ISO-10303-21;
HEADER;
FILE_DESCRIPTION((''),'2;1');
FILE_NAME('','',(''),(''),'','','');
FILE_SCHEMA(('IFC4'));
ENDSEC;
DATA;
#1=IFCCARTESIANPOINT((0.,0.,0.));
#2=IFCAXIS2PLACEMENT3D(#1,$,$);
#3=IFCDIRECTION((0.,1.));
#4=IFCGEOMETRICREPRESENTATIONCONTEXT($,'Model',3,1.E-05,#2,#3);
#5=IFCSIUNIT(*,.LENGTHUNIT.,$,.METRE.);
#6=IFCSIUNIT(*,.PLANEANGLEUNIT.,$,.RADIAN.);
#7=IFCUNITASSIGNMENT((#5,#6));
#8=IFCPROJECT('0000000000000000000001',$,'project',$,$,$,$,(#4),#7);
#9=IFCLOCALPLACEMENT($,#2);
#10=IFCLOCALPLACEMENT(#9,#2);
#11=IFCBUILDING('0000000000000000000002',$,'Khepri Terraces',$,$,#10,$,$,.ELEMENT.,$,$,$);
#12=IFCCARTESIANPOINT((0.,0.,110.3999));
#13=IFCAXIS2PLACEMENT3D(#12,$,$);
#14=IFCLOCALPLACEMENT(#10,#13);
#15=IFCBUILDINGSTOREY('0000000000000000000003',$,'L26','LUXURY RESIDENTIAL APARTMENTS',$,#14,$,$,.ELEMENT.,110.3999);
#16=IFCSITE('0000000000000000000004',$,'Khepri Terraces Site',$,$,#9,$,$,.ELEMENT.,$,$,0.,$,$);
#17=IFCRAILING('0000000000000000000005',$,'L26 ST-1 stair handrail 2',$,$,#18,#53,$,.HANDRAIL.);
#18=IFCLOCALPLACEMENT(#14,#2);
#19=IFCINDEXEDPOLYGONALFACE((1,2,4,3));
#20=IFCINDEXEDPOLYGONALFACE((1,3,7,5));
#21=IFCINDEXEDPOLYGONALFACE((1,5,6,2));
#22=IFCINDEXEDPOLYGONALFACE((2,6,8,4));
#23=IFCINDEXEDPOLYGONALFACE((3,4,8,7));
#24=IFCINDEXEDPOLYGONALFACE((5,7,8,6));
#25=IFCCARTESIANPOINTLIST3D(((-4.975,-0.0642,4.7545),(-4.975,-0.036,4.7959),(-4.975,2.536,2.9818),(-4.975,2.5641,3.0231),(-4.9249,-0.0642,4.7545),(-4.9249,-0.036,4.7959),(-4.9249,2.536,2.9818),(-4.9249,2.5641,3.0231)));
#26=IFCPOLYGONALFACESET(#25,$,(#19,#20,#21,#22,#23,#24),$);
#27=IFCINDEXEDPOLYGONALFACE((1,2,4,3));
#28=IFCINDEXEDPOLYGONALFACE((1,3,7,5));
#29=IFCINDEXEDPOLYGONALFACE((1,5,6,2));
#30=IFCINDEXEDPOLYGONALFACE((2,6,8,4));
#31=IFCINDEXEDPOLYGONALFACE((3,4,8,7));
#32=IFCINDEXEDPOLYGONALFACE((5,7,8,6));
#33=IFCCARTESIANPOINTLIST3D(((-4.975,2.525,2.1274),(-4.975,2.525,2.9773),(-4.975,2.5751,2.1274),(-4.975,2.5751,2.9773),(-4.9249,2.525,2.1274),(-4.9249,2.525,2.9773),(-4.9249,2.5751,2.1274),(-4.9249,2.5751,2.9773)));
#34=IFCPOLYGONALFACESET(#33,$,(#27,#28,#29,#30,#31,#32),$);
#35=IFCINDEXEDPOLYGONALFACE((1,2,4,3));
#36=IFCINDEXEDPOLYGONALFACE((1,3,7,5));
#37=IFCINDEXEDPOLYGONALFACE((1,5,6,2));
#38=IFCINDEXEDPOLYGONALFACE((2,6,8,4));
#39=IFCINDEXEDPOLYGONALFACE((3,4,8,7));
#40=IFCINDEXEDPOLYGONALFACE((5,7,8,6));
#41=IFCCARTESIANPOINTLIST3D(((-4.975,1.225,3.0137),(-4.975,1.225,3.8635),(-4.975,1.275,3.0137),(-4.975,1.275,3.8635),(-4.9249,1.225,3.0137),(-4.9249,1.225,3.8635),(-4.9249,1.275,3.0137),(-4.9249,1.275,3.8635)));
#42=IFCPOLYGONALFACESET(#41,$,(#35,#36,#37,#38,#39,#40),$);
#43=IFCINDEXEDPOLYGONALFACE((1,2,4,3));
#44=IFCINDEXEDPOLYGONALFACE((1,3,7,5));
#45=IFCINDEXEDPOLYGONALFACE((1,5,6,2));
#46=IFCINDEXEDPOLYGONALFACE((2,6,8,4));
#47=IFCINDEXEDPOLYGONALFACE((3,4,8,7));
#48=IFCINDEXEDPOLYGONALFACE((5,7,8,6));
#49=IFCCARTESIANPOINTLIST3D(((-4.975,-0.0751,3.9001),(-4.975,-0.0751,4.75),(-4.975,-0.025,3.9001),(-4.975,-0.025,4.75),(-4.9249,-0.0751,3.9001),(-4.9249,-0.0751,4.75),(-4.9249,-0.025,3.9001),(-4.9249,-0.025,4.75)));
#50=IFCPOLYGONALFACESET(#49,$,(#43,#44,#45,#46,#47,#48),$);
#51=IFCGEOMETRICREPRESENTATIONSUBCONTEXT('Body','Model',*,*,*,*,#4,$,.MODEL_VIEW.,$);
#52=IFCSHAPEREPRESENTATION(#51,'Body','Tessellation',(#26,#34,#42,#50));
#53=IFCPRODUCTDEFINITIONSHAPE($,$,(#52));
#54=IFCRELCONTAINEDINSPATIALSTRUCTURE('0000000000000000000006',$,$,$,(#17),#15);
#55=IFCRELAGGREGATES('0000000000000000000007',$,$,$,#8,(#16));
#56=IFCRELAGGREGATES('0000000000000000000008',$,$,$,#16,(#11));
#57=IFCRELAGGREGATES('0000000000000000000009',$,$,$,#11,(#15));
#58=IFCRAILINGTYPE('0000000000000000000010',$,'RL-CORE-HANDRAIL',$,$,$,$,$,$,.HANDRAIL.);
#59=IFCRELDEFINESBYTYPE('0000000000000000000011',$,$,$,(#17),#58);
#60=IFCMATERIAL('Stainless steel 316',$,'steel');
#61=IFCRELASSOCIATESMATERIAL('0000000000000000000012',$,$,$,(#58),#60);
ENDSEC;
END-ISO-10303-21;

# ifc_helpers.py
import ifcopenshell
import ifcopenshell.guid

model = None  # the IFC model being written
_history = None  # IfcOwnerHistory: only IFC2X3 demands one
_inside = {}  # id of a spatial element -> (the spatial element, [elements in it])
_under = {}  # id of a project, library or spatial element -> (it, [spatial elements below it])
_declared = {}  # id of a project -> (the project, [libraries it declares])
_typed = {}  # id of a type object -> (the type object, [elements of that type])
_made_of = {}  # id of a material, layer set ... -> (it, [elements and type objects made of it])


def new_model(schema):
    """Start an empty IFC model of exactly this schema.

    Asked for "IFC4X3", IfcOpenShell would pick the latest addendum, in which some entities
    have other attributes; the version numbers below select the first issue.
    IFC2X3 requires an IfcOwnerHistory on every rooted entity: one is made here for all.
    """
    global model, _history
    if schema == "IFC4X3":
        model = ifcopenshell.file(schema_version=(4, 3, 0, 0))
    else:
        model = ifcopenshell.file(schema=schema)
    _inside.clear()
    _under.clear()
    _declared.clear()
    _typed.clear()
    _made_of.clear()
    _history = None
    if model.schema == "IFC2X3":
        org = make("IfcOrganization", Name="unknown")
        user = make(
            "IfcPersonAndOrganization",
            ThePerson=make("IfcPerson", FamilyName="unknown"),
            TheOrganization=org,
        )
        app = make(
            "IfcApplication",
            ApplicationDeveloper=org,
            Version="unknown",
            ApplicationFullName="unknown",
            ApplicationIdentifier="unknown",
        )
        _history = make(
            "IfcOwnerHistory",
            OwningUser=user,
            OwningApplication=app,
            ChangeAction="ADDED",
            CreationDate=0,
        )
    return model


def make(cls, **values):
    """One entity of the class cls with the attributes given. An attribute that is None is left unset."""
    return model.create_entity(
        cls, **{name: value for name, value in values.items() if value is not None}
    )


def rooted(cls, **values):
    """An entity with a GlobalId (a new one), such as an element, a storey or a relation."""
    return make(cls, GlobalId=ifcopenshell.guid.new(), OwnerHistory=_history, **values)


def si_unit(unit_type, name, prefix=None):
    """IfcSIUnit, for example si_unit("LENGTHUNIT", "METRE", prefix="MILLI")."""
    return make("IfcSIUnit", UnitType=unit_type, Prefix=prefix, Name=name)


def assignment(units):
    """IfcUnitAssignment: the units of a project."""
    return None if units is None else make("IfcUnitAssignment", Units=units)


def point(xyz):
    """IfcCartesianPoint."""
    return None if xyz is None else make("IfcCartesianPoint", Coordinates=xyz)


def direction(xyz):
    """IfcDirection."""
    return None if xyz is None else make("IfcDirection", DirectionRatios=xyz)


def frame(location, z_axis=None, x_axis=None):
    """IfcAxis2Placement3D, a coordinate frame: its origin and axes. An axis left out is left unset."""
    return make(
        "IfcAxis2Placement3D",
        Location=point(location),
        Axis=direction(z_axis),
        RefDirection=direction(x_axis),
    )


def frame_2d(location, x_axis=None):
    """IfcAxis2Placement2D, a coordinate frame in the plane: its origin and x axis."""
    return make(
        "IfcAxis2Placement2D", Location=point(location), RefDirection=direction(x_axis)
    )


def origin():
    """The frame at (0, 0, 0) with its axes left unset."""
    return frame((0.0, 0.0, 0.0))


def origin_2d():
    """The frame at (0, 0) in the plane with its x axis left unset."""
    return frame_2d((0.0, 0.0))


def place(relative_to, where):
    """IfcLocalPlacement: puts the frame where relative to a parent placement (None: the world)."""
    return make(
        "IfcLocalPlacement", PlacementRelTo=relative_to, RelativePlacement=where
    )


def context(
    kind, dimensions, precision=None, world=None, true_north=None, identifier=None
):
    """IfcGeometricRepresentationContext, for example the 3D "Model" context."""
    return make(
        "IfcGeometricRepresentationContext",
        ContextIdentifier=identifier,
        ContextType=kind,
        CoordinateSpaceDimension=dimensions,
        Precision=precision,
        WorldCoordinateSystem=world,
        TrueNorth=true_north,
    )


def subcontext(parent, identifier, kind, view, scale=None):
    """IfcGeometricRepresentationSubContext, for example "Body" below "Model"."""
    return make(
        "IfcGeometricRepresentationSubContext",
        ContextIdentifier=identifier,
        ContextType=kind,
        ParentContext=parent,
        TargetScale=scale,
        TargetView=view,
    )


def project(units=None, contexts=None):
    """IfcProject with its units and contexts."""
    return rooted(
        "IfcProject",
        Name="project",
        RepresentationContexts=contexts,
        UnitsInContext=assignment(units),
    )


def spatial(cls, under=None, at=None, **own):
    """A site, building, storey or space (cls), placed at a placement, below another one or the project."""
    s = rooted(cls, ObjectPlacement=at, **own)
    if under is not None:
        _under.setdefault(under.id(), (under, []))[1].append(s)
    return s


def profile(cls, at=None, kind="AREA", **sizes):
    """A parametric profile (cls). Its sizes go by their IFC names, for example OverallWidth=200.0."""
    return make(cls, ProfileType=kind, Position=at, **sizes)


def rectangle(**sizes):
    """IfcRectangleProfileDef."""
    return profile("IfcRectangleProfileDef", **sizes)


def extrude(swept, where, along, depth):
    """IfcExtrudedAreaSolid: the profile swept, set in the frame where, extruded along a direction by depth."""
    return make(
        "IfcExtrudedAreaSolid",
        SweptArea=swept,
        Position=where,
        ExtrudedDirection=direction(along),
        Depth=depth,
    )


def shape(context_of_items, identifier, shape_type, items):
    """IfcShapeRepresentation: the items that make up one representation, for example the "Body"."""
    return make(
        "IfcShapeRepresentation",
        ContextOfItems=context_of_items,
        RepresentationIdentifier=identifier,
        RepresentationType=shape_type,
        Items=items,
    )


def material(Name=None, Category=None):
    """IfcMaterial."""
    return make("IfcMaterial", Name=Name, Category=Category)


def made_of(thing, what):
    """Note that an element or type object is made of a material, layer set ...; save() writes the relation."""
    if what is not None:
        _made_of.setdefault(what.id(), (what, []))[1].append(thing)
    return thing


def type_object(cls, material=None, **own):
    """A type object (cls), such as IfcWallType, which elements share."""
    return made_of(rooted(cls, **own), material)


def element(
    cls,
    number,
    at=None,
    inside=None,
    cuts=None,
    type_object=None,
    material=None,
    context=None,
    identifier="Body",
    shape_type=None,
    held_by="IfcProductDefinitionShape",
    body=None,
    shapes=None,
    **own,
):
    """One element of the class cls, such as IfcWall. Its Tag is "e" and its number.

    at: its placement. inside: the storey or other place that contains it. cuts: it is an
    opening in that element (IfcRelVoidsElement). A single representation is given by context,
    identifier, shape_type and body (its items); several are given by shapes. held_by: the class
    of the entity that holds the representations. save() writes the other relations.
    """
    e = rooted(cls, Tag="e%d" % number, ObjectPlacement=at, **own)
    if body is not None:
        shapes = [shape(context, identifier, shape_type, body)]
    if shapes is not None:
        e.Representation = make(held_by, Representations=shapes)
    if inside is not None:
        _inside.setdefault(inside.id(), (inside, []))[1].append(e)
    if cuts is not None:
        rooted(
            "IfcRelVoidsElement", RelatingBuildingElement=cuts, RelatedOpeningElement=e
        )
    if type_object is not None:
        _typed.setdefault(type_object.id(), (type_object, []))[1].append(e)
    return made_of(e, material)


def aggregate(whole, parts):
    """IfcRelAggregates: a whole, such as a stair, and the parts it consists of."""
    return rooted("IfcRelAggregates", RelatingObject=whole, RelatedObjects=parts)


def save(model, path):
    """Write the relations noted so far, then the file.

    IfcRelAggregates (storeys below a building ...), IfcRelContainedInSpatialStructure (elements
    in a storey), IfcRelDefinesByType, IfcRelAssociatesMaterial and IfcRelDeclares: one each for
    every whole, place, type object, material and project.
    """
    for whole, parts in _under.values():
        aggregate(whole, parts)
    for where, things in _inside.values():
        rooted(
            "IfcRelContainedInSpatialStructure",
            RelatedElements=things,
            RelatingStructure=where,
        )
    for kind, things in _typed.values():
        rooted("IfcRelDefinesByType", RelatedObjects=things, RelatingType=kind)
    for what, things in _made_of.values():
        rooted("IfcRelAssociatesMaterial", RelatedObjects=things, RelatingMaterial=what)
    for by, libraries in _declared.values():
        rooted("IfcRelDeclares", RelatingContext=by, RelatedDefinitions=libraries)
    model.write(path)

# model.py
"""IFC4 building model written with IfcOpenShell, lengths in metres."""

from ifc_helpers import new_model, si_unit, direction, frame, origin, origin_2d, place, context, subcontext, project, spatial, rectangle, extrude, material, type_object, element, save


model = new_model("IFC4")

# Units and contexts
model_context = context("Model", 3, precision=1e-05, world=origin(), true_north=direction((0.0, 1.0)))
body_context = subcontext(model_context, "Body", "Model", "MODEL_VIEW")
ifc_project = project(units=[si_unit("LENGTHUNIT", "METRE"), si_unit("PLANEANGLEUNIT", "RADIAN")], contexts=[model_context])

# Site, building, storey
site_placement = place(None, origin())
site = spatial("IfcSite", under=ifc_project, at=site_placement, Name="Khepri Terraces Site", CompositionType="ELEMENT", RefElevation=0.0)
building_placement = place(site_placement, origin())
building = spatial("IfcBuilding", under=site, at=building_placement, Name="Khepri Terraces", CompositionType="ELEMENT")
storey_placement = place(building_placement, frame((0.0, 0.0, 110.3999)))
storey = spatial("IfcBuildingStorey", under=building, at=storey_placement, Name="L26", Description="LUXURY RESIDENTIAL APARTMENTS", CompositionType="ELEMENT", Elevation=110.3999)

# Railing
ifc_material_1 = material(Name="Stainless steel 316", Category="steel")
railing_type_1 = type_object("IfcRailingType", Name="RL-CORE-HANDRAIL", PredefinedType="HANDRAIL", material=ifc_material_1)
railing_1_placement = place(storey_placement, frame((-4.95, 2.55, 2.1274)))
element("IfcRailing", 1, at=railing_1_placement, inside=storey, type_object=railing_type_1, Name="L26 ST-1 stair handrail 2", PredefinedType="HANDRAIL", context=body_context, shape_type="SweptSolid", body=[
    extrude(rectangle(XDim=0.05, YDim=0.05, at=origin_2d()), frame((0.0, 0.0, 0.875), z_axis=(0.0, -0.82624, 0.563318), x_axis=(1.0, 0.0, 0.0)), (0.0, 0.0, 1.0), 3.147),
    extrude(rectangle(XDim=0.05, YDim=0.05, at=origin_2d()), origin(), (0.0, 0.0, 1.0), 0.8499),
    extrude(rectangle(XDim=0.05, YDim=0.05, at=origin_2d()), frame((0.0, -1.3, 0.8862)), (0.0, 0.0, 1.0), 0.8499),
    extrude(rectangle(XDim=0.05, YDim=0.05, at=origin_2d()), frame((0.0, -2.6001, 1.7727)), (0.0, 0.0, 1.0), 0.8499),
])

save(model, "model.ifc")
